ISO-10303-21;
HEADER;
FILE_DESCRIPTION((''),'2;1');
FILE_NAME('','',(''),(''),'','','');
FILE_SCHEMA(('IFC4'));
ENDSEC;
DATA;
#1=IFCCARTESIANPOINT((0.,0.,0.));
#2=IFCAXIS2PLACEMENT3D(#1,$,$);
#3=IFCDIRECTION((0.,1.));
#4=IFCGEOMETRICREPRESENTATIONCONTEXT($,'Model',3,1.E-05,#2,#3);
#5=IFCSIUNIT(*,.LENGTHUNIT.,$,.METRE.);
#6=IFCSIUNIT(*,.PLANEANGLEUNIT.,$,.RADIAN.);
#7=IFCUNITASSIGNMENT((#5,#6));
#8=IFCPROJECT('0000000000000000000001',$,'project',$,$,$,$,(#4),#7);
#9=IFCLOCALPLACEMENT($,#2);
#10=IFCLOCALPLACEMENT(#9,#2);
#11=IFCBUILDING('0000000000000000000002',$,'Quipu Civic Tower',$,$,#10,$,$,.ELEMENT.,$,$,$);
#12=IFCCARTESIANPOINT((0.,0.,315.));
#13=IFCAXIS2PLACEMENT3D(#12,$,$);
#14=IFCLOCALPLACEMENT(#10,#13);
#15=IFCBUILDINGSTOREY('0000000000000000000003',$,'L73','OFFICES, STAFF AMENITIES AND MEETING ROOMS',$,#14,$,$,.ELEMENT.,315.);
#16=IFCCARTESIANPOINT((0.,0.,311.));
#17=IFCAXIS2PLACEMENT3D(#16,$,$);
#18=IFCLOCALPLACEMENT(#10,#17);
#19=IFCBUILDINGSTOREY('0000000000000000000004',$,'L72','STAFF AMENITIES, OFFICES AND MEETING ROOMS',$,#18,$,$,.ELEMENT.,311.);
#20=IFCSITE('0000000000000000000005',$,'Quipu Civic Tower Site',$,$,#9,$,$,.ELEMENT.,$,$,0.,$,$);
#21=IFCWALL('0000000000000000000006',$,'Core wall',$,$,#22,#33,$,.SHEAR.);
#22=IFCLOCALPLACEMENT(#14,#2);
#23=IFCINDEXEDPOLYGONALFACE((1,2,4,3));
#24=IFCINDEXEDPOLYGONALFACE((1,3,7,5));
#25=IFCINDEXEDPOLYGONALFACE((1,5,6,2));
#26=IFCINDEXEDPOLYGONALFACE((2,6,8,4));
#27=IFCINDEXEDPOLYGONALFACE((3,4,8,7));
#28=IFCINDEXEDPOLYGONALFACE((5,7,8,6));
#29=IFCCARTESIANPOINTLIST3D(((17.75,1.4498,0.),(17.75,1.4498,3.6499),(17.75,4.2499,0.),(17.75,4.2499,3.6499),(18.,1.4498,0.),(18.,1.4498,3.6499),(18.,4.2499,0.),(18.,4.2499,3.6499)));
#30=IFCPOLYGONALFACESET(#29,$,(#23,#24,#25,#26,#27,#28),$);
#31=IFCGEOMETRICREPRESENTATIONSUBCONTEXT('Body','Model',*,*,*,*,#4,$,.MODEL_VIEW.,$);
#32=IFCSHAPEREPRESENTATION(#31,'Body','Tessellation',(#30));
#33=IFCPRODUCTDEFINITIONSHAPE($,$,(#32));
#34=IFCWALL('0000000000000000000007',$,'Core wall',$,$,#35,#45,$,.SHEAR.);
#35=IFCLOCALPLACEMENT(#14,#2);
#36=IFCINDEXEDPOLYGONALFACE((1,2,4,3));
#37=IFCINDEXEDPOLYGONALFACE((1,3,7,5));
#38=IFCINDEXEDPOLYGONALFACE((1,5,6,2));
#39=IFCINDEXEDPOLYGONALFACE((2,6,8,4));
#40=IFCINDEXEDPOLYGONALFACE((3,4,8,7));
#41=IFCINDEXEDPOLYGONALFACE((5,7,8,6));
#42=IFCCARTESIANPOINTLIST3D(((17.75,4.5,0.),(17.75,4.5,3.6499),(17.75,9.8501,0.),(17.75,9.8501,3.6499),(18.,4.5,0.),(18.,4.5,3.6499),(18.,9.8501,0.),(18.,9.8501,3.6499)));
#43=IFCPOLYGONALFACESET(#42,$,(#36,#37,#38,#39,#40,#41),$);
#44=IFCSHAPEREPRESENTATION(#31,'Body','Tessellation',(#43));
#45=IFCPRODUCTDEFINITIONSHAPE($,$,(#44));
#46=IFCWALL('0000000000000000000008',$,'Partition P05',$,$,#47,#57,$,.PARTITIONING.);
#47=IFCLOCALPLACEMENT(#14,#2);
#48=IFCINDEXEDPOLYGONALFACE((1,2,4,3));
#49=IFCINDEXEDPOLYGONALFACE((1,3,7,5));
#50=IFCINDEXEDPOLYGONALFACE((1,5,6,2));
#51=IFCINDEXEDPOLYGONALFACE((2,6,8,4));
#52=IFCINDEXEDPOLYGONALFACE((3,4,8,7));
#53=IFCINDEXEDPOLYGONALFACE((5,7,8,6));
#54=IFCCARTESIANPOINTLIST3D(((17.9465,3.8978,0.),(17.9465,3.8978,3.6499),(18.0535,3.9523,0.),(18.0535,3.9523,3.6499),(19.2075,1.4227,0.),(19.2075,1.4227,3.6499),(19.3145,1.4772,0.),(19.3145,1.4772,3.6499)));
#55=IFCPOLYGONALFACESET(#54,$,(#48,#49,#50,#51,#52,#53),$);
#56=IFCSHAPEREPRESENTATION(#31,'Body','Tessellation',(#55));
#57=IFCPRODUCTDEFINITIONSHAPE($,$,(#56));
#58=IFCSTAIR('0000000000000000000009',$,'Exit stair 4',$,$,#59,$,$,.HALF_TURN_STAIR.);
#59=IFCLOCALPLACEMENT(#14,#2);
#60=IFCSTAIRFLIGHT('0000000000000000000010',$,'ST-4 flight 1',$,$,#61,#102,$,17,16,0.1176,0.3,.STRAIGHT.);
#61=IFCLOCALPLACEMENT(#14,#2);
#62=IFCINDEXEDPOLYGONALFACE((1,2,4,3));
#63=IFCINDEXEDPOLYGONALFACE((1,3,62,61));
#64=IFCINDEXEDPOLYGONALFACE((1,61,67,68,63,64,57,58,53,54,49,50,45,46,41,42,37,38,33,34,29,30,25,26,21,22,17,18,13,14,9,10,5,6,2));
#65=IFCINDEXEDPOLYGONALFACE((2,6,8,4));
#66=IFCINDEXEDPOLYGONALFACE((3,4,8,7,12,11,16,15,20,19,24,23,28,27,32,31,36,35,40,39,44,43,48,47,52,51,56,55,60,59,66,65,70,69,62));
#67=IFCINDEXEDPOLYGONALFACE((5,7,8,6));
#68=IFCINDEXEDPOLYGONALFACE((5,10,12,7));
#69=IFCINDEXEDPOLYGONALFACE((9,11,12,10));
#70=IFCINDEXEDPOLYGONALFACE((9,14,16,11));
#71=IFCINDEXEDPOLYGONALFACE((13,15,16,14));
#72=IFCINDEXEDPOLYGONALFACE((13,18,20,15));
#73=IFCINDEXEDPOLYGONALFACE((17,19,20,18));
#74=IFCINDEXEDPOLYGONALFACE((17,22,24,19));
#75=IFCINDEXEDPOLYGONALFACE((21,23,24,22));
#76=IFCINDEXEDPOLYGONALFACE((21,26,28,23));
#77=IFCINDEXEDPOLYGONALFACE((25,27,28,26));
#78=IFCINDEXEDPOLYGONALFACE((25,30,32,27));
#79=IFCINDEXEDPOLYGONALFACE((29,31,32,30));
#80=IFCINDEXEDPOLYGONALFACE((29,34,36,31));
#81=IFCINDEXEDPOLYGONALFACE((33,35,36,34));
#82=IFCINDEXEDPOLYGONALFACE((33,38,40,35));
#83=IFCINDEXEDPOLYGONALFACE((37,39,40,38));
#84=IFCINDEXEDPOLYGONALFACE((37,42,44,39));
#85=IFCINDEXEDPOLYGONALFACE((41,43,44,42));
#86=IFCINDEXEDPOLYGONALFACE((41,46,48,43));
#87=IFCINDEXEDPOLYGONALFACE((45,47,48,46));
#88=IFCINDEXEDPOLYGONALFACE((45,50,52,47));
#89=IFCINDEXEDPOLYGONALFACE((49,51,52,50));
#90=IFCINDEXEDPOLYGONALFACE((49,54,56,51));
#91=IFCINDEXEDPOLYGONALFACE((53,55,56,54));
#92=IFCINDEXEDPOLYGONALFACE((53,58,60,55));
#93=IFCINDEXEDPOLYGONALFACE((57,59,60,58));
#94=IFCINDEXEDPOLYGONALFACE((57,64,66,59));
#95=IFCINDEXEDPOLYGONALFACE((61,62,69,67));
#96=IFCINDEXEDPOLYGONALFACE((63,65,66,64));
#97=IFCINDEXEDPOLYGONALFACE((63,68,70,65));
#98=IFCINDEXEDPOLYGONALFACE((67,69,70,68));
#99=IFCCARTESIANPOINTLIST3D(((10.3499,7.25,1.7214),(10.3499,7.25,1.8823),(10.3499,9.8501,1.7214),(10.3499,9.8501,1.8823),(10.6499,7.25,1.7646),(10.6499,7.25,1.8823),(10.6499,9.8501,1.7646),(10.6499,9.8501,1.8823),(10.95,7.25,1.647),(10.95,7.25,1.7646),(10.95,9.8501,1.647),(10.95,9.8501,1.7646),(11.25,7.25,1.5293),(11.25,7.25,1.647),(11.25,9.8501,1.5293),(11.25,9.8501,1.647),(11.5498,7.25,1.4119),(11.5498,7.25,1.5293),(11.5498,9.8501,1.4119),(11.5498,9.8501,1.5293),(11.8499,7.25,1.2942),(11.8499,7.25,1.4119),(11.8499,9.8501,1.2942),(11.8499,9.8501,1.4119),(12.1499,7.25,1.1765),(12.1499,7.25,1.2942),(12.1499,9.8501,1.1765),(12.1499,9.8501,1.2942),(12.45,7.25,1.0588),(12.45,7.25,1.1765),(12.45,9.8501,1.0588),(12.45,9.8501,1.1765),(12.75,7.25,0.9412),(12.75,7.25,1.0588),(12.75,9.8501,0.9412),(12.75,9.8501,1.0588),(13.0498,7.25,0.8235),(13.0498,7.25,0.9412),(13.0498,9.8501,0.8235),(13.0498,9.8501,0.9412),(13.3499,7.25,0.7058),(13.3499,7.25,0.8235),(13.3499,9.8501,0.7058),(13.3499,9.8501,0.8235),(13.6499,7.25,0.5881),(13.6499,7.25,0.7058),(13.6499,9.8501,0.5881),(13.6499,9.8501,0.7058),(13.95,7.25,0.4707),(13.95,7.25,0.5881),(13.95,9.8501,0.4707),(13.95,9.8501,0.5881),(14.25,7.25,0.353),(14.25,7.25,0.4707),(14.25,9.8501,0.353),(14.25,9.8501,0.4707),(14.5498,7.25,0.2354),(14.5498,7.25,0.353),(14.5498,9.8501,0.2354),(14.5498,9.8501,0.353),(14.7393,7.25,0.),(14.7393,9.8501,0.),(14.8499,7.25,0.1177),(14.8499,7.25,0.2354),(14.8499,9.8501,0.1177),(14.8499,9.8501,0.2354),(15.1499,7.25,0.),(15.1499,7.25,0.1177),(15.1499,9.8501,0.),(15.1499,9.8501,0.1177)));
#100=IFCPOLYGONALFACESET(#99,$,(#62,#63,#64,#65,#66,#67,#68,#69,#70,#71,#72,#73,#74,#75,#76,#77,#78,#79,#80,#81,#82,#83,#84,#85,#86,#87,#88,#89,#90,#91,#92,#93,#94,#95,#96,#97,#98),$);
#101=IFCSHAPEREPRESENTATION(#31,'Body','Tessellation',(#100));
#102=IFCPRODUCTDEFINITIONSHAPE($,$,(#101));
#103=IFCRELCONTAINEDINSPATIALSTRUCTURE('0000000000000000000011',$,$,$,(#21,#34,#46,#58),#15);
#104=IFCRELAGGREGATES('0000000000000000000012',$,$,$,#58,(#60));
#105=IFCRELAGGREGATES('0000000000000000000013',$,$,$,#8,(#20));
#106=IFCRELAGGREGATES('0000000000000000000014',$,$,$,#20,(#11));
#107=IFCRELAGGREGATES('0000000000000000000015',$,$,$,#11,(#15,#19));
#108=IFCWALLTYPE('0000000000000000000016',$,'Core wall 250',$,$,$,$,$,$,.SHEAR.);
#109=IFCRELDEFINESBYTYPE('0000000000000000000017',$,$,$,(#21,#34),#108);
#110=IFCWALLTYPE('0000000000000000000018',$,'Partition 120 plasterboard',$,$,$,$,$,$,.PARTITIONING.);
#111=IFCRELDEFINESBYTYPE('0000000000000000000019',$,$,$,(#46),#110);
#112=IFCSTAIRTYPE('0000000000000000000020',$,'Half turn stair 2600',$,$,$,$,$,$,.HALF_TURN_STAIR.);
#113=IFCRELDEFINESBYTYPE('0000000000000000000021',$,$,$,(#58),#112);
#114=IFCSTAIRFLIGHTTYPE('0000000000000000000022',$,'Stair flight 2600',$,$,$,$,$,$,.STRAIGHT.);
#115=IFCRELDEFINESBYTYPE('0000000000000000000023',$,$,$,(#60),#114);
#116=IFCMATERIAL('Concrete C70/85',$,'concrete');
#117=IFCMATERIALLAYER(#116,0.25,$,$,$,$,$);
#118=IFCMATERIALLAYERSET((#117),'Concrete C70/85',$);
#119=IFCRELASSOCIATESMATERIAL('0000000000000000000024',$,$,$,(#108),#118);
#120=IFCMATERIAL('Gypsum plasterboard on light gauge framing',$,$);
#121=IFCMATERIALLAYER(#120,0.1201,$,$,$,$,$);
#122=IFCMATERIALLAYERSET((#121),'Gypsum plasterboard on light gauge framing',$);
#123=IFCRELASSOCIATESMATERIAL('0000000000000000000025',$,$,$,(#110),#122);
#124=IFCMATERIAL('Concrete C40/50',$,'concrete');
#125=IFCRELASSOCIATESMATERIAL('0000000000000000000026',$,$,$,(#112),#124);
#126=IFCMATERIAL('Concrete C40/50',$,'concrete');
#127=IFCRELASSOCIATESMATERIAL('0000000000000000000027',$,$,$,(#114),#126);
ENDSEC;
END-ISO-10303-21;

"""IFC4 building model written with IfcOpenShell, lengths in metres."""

from ifc_helpers import new_model, si_unit, direction, frame, frame_2d, origin, place, context, subcontext, project, spatial, polyline, rectangle, outline, extrude, material, layer, layer_set, type_object, element, aggregate, save


model = new_model("IFC4")

# Units and contexts
model_context = context("Model", 3, precision=1e-05, world=origin(), true_north=direction((0.0, 1.0)))
body_context = subcontext(model_context, "Body", "Model", "MODEL_VIEW")
ifc_project = project(units=[si_unit("LENGTHUNIT", "METRE"), si_unit("PLANEANGLEUNIT", "RADIAN")], contexts=[model_context])

# Site, building, storey
site_placement = place(None, origin())
site = spatial("IfcSite", under=ifc_project, at=site_placement, Name="Quipu Civic Tower Site", CompositionType="ELEMENT", RefElevation=0.0)
building_placement = place(site_placement, origin())
building = spatial("IfcBuilding", under=site, at=building_placement, Name="Quipu Civic Tower", CompositionType="ELEMENT")
storey_1_placement = place(building_placement, frame((0.0, 0.0, 315.0)))
storey_1 = spatial("IfcBuildingStorey", under=building, at=storey_1_placement, Name="L73", Description="OFFICES, STAFF AMENITIES AND MEETING ROOMS", CompositionType="ELEMENT", Elevation=315.0)

# Shared definitions
storey_2_placement = place(building_placement, frame((0.0, 0.0, 311.0)))
storey_2 = spatial("IfcBuildingStorey", under=building, at=storey_2_placement, Name="L72", Description="STAFF AMENITIES, OFFICES AND MEETING ROOMS", CompositionType="ELEMENT", Elevation=311.0)

# Walls
ifc_material_1 = material(Name="Concrete C70/85", Category="concrete")
ifc_layer_1 = layer(ifc_material_1, 0.25)
ifc_layer_set_1 = layer_set([ifc_layer_1], Name="Concrete C70/85")
wall_type_1 = type_object("IfcWallType", Name="Core wall 250", PredefinedType="SHEAR", material=ifc_layer_set_1)
for number, where, z_axis, x_axis, name in (
    (1, (17.875, 1.45, 0.0), (0.0, 0.0, 1.0), (0.0, 1.0, 0.0), "Core wall"),
):
    element("IfcWall", number, at=place(storey_1_placement, frame(where, z_axis=z_axis, x_axis=x_axis)), inside=storey_1, type_object=wall_type_1, Name=name, PredefinedType="SHEAR", context=body_context, shape_type="SweptSolid", body=[
        extrude(rectangle(XDim=2.8, YDim=0.25, at=frame_2d((1.3999, 0.0))), origin(), (0.0, 0.0, 1.0), 3.6499),
    ])
wall_1_placement = place(storey_1_placement, frame((17.875, 4.5, 0.0), z_axis=(0.0, 0.0, 1.0), x_axis=(0.0, 1.0, 0.0)))
element("IfcWall", 2, at=wall_1_placement, inside=storey_1, type_object=wall_type_1, Name="Core wall", PredefinedType="SHEAR", context=body_context, shape_type="SweptSolid", body=[
    extrude(rectangle(XDim=5.3501, YDim=0.25, at=frame_2d((2.675, 0.0))), origin(), (0.0, 0.0, 1.0), 3.6499),
])
ifc_material_2 = material(Name="Gypsum plasterboard on light gauge framing")
ifc_layer_2 = layer(ifc_material_2, 0.1201)
ifc_layer_set_2 = layer_set([ifc_layer_2], Name="Gypsum plasterboard on light gauge framing")
wall_type_2 = type_object("IfcWallType", Name="Partition 120 plasterboard", PredefinedType="PARTITIONING", material=ifc_layer_set_2)
wall_2_placement = place(storey_1_placement, frame((18.0, 3.925, 0.0), z_axis=(0.0, 0.0, 1.0), x_axis=(0.453951, -0.891027, 0.0)))
element("IfcWall", 3, at=wall_2_placement, inside=storey_1, type_object=wall_type_2, Name="Partition P05", PredefinedType="PARTITIONING", context=body_context, shape_type="SweptSolid", body=[
    extrude(rectangle(XDim=2.7778, YDim=0.1201, at=frame_2d((1.3889, 0.0))), origin(), (0.0, 0.0, 1.0), 3.6499),
])

# Stair, stair flight
ifc_material_3 = material(Name="Concrete C40/50", Category="concrete")
stair_type = type_object("IfcStairType", Name="Half turn stair 2600", PredefinedType="HALF_TURN_STAIR", material=ifc_material_3)
stair_placement = place(storey_1_placement, origin())
stair = element("IfcStair", 4, at=stair_placement, inside=storey_1, type_object=stair_type, Name="Exit stair 4", PredefinedType="HALF_TURN_STAIR")
ifc_material_4 = material(Name="Concrete C40/50", Category="concrete")
stair_flight_type = type_object("IfcStairFlightType", Name="Stair flight 2600", PredefinedType="STRAIGHT", material=ifc_material_4)
stair_flight_placement = place(storey_1_placement, frame((15.1499, 8.55, 0.0), z_axis=(0.0, 0.0, 1.0), x_axis=(-1.0, 0.0, 0.0)))
stair_flight = element("IfcStairFlight", 5, at=stair_flight_placement, type_object=stair_flight_type, Name="ST-4 flight 1", NumberOfRisers=17, NumberOfTreads=16, PredefinedType="STRAIGHT", RiserHeight=0.1176, TreadLength=0.3, context=body_context, shape_type="SweptSolid", body=[
    extrude(outline(polyline([(0.0, 0.0), (0.0, 0.1177), (0.3, 0.1177), (0.3, 0.2354), (0.6001, 0.2354), (0.6001, 0.353), (0.8999, 0.353), (0.8999, 0.4707), (1.2, 0.4707), (1.2, 0.5881), (1.5, 0.5881), (1.5, 0.7058), (1.8, 0.7058), (1.8, 0.8235), (2.1001, 0.8235), (2.1001, 0.9412), (2.3999, 0.9412), (2.3999, 1.0588), (2.7, 1.0588), (2.7, 1.1765), (3.0, 1.1765), (3.0, 1.2942), (3.3, 1.2942), (3.3, 1.4119), (3.6001, 1.4119), (3.6001, 1.5293), (3.8999, 1.5293), (3.8999, 1.647), (4.2, 1.647), (4.2, 1.7646), (4.5, 1.7646), (4.5, 1.8823), (4.8, 1.8823), (4.8, 2.0), (4.8, 1.7214), (0.4106, 0.0), (0.0, 0.0)])), frame((0.0, 1.3, 0.0), z_axis=(0.0, -1.0, 0.0), x_axis=(1.0, 0.0, 0.0)), (0.0, 0.0, 1.0), 2.6001),
])
aggregate(stair, [stair_flight])

save(model, "model.ifc")
